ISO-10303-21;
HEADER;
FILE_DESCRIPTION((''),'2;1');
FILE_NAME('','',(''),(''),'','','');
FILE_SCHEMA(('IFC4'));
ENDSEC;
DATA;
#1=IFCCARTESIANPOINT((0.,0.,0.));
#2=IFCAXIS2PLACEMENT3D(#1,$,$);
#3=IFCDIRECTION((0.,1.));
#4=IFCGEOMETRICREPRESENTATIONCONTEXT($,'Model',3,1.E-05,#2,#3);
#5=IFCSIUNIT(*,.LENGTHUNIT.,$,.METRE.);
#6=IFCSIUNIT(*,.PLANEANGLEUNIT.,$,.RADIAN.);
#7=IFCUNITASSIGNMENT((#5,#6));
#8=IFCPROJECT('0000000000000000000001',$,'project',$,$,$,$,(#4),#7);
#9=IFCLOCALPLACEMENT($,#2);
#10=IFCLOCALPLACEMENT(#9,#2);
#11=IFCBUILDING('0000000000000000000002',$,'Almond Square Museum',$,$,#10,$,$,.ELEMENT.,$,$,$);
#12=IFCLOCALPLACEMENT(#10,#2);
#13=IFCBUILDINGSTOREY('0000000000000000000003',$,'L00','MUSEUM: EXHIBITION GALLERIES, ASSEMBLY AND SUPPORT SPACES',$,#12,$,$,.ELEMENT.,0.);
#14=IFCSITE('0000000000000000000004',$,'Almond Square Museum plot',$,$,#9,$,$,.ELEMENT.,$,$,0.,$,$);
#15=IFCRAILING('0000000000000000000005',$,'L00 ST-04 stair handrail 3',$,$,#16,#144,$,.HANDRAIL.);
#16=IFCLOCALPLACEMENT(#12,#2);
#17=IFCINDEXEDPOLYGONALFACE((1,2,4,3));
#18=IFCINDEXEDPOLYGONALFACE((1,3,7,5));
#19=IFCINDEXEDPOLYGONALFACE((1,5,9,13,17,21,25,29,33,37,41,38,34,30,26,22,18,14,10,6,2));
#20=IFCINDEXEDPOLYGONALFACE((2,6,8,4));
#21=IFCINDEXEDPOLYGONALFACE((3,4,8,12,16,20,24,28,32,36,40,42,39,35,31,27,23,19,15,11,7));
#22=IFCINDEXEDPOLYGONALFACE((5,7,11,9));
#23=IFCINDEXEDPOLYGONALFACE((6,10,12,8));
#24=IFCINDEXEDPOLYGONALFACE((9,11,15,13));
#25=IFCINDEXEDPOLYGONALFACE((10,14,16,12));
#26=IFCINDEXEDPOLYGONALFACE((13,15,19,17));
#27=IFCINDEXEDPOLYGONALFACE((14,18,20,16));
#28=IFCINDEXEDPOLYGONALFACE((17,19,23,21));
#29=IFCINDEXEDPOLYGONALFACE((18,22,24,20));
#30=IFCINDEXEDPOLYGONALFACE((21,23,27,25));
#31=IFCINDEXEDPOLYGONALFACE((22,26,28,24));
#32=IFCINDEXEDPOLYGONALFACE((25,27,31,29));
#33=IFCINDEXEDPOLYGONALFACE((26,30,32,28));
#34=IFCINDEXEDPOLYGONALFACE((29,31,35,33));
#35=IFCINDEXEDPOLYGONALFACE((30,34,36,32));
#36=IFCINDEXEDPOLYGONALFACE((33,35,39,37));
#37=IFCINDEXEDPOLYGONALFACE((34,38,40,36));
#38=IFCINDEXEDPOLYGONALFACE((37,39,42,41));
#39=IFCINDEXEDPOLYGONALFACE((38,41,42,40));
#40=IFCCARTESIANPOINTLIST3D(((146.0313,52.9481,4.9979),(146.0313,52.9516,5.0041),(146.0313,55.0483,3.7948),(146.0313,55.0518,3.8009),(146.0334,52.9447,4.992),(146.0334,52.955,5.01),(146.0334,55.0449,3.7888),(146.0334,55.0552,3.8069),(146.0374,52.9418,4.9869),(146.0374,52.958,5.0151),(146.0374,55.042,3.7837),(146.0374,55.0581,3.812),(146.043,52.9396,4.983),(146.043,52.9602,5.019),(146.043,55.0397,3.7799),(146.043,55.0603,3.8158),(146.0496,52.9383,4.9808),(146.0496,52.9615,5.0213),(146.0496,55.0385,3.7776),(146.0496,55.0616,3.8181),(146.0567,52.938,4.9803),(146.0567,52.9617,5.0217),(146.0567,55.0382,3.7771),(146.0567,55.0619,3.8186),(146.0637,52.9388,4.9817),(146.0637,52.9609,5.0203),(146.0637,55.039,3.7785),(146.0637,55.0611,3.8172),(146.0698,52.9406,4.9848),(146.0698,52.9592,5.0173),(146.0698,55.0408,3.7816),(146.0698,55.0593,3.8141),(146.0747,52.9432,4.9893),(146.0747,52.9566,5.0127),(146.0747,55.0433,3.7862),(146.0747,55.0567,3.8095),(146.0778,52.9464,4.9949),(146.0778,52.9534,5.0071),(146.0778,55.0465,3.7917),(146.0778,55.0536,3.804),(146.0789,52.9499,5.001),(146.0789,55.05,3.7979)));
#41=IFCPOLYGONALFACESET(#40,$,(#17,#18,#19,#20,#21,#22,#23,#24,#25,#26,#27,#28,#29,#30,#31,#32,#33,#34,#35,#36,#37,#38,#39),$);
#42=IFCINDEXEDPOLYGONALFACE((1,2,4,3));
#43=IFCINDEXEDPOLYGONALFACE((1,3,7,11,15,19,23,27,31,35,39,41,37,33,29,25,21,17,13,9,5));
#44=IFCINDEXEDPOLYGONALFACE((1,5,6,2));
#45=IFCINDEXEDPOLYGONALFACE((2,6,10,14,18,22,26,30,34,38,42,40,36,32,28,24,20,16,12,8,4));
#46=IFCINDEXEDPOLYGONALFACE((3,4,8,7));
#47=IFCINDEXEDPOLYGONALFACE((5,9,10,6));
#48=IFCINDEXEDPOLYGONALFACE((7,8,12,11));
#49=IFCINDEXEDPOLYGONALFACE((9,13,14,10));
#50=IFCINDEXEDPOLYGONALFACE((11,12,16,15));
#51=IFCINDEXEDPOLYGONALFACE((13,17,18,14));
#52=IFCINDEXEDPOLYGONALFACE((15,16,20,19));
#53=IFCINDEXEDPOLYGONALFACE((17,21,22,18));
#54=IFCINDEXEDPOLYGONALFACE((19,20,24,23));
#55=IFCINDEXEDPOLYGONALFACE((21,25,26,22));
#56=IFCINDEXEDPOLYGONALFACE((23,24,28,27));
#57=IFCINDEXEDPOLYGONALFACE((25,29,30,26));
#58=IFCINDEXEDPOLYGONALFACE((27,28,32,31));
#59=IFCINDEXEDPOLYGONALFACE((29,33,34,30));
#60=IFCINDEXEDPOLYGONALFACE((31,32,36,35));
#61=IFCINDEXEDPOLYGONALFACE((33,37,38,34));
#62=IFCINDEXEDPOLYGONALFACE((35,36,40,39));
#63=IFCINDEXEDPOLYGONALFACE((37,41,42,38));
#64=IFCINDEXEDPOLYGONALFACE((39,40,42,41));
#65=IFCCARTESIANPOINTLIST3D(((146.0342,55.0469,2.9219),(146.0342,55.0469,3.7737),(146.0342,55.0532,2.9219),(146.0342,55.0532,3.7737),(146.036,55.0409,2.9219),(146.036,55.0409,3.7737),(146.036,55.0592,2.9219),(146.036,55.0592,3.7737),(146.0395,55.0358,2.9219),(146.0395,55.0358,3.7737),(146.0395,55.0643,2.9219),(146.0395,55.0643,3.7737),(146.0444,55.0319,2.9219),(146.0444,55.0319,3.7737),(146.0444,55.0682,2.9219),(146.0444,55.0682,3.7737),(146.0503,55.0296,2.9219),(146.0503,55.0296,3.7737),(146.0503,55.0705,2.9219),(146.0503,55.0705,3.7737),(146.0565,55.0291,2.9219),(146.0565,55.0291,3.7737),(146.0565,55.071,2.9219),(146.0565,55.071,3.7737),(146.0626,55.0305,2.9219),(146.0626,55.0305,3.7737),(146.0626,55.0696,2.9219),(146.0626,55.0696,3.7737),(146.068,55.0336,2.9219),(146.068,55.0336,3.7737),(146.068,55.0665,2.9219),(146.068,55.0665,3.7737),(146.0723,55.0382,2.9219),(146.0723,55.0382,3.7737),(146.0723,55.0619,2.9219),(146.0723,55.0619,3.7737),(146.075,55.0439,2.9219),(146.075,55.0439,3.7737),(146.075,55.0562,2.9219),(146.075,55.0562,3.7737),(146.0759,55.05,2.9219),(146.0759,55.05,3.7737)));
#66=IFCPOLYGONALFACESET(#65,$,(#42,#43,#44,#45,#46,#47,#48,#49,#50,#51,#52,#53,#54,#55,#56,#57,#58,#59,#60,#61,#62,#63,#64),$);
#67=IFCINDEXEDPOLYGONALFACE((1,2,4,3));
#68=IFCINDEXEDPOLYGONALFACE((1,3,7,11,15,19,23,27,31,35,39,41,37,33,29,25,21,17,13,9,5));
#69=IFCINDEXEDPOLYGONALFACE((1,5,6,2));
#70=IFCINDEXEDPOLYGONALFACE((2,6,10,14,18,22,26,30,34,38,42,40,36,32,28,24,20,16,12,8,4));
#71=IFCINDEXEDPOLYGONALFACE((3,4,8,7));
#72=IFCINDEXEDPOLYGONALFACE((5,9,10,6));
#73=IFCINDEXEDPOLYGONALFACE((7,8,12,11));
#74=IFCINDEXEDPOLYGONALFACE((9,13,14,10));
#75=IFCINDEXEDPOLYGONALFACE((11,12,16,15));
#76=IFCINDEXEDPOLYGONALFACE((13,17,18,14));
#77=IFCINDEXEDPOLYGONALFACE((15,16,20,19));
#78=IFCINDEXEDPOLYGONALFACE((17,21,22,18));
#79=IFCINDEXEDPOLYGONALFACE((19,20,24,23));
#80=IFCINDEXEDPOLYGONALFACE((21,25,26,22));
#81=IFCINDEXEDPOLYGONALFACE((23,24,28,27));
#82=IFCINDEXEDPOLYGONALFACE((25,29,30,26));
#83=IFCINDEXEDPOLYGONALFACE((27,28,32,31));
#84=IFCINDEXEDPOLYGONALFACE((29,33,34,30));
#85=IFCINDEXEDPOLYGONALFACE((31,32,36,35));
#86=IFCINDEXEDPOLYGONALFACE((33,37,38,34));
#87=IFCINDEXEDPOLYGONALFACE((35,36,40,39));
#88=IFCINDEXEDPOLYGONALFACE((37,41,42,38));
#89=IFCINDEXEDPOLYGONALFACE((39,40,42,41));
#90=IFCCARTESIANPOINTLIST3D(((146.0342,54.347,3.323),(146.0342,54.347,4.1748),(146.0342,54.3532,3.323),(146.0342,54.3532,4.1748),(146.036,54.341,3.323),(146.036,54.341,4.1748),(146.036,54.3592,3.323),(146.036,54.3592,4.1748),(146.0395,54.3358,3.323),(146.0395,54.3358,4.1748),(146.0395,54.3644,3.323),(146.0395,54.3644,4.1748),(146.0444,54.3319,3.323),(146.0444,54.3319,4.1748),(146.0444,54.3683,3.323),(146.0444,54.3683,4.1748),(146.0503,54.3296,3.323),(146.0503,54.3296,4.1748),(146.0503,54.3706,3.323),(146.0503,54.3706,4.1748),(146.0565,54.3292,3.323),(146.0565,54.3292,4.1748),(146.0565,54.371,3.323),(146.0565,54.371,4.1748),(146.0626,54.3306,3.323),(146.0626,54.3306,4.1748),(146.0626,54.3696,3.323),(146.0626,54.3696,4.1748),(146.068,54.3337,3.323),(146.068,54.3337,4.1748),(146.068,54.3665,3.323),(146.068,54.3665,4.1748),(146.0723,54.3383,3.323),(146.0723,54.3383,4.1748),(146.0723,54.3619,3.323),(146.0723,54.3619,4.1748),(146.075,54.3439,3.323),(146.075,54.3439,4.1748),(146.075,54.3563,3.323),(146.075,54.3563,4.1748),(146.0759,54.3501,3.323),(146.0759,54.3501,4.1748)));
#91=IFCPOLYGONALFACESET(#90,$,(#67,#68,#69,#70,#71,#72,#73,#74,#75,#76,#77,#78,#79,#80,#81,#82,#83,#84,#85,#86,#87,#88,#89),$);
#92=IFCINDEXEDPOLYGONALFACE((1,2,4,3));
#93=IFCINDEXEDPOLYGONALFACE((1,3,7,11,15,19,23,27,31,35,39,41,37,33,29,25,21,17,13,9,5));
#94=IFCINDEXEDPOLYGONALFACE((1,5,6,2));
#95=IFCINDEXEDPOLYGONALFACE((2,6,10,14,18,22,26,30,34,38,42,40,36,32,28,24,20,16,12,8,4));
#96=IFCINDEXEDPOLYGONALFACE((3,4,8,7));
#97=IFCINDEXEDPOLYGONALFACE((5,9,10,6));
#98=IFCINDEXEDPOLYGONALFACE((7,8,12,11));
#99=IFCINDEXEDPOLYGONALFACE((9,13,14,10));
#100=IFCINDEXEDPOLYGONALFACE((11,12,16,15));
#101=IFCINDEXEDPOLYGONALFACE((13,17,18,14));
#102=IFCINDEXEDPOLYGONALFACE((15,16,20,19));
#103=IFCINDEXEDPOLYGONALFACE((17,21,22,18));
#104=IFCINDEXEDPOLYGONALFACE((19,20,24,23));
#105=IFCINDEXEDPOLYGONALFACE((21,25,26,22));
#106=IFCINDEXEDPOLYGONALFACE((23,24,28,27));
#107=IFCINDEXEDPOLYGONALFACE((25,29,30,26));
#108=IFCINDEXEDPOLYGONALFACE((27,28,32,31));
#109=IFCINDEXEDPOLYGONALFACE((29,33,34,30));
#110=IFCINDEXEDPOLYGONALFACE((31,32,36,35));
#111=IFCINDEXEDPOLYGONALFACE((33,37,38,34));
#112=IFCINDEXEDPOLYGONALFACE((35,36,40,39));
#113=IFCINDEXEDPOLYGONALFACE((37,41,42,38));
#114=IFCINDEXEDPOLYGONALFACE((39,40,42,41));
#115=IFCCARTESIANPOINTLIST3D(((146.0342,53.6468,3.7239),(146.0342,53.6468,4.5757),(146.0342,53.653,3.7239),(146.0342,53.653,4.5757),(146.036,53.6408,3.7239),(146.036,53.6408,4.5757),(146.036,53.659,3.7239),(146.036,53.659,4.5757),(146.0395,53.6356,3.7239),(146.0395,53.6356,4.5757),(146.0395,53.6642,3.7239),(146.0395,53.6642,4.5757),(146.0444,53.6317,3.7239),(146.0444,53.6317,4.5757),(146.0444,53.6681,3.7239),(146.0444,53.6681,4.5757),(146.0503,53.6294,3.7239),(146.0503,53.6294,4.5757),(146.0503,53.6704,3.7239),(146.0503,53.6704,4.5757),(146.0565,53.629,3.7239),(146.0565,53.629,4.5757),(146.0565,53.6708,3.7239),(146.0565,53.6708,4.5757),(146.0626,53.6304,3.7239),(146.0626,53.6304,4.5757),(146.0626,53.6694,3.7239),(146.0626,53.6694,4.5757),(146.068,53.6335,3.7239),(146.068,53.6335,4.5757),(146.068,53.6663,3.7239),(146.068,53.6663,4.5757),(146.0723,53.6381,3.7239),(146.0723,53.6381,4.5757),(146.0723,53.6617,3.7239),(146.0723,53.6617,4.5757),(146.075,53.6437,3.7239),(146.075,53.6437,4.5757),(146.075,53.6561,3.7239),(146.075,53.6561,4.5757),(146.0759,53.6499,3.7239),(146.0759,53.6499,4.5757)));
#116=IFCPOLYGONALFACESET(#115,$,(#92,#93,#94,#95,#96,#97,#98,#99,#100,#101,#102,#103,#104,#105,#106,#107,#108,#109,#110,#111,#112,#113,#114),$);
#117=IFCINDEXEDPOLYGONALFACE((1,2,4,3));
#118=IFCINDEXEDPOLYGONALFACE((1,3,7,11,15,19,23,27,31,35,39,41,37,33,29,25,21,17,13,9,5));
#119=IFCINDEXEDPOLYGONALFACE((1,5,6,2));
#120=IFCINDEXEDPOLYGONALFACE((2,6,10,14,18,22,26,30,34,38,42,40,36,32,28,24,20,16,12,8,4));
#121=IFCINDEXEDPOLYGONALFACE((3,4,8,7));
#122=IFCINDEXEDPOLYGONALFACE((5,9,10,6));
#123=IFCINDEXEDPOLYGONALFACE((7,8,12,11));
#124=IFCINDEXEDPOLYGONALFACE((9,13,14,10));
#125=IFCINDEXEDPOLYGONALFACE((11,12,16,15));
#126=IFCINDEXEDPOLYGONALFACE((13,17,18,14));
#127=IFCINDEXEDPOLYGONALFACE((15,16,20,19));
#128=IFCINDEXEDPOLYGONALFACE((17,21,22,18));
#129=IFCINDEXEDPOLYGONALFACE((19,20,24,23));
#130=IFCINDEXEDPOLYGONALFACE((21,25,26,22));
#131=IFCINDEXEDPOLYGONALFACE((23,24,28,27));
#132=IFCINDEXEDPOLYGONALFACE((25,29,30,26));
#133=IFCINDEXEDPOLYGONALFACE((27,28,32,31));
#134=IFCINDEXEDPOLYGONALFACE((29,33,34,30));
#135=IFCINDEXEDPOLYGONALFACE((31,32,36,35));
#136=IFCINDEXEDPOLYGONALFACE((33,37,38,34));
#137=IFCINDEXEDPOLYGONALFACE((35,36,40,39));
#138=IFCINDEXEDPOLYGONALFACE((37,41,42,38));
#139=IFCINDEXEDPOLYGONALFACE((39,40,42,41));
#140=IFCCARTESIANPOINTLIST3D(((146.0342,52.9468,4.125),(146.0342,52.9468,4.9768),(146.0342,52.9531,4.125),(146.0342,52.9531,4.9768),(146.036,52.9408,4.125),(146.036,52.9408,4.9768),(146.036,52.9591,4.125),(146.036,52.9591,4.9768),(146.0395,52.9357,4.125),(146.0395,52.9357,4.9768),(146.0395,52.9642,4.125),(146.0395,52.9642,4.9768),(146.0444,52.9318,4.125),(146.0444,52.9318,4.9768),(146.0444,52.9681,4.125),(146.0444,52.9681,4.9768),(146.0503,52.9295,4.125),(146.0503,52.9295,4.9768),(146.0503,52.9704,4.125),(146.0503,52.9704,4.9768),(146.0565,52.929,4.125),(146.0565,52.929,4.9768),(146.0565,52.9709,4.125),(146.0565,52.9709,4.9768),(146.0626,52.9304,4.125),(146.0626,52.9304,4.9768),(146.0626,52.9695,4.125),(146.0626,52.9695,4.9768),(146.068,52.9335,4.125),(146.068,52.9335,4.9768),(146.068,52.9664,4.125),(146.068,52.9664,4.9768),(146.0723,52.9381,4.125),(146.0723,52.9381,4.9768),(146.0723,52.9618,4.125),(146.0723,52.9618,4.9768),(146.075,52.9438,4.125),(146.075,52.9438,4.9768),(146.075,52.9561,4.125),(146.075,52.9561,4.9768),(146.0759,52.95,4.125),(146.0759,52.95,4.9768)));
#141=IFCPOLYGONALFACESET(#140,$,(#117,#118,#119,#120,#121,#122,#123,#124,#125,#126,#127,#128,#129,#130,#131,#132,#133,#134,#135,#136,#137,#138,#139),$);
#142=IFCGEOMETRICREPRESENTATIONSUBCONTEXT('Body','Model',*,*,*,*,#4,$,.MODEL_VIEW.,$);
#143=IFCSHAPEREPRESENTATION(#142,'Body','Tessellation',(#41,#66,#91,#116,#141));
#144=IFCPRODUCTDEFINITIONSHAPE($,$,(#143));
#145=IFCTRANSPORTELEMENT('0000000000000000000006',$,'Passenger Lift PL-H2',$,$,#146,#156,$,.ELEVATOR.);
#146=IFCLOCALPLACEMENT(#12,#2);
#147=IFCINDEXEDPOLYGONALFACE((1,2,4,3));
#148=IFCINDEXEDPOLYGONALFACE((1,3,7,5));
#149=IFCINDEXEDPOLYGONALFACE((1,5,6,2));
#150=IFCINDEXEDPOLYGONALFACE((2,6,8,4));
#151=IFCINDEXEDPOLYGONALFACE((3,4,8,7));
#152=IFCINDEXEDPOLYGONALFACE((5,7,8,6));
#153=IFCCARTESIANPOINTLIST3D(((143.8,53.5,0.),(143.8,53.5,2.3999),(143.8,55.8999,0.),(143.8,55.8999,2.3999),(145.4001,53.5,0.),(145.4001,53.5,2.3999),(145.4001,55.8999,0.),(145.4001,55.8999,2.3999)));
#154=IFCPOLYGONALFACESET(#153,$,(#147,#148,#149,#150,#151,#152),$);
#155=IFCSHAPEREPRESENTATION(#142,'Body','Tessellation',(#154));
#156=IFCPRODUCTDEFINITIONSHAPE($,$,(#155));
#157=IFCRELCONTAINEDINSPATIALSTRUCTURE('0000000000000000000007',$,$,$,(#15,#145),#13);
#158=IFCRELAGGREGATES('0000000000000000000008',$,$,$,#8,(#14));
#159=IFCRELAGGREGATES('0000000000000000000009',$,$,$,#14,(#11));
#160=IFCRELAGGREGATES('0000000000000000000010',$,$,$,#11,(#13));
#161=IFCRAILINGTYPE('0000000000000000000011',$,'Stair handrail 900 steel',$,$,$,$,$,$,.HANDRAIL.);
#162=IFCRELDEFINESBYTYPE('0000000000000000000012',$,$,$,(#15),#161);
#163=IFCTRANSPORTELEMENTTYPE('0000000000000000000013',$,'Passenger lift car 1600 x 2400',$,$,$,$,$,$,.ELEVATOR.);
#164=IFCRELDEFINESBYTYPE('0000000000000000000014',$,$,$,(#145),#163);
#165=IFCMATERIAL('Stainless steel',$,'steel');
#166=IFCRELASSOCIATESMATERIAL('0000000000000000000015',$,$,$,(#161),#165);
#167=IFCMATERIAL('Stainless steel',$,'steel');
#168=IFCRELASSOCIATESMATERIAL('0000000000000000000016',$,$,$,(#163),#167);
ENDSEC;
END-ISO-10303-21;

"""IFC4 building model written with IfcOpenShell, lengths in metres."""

from ifc_helpers import new_model, si_unit, direction, frame, origin, origin_2d, place, context, subcontext, project, spatial, rectangle, circle, extrude, material, type_object, element, save


model = new_model("IFC4")

# Units and contexts
model_context = context("Model", 3, precision=1e-05, world=origin(), true_north=direction((0.0, 1.0)))
body_context = subcontext(model_context, "Body", "Model", "MODEL_VIEW")
ifc_project = project(units=[si_unit("LENGTHUNIT", "METRE"), si_unit("PLANEANGLEUNIT", "RADIAN")], contexts=[model_context])

# Site, building, storey
site_placement = place(None, origin())
site = spatial("IfcSite", under=ifc_project, at=site_placement, Name="Almond Square Museum plot", CompositionType="ELEMENT", RefElevation=0.0)
building_placement = place(site_placement, origin())
building = spatial("IfcBuilding", under=site, at=building_placement, Name="Almond Square Museum", CompositionType="ELEMENT")
storey_placement = place(building_placement, origin())
storey = spatial("IfcBuildingStorey", under=building, at=storey_placement, Name="L00", Description="MUSEUM: EXHIBITION GALLERIES, ASSEMBLY AND SUPPORT SPACES", CompositionType="ELEMENT", Elevation=0.0)

# Railing
ifc_material_1 = material(Name="Stainless steel", Category="steel")
railing_type_1 = type_object("IfcRailingType", Name="Stair handrail 900 steel", PredefinedType="HANDRAIL", material=ifc_material_1)
for number, where, name in (
    (1, (146.0549, 55.05, 2.9219), "L00 ST-04 stair handrail 3"),
):
    element("IfcRailing", number, at=place(storey_placement, frame(where)), inside=storey, type_object=railing_type_1, Name=name, PredefinedType="HANDRAIL", context=body_context, shape_type="SweptSolid", body=[
        extrude(circle(Radius=0.0239, at=origin_2d()), frame((0.0, 0.0, 0.876), z_axis=(0.0, -0.867696, 0.497095), x_axis=(1.0, 0.0, 0.0)), (0.0, 0.0, 1.0), 2.4204),
        extrude(circle(Radius=0.021, at=origin_2d()), origin(), (0.0, 0.0, 1.0), 0.8518),
        extrude(circle(Radius=0.021, at=origin_2d()), frame((0.0, -0.7, 0.4011)), (0.0, 0.0, 1.0), 0.8518),
        extrude(circle(Radius=0.021, at=origin_2d()), frame((0.0, -1.4001, 0.802)), (0.0, 0.0, 1.0), 0.8518),
        extrude(circle(Radius=0.021, at=origin_2d()), frame((0.0, -2.1001, 1.2031)), (0.0, 0.0, 1.0), 0.8518),
    ])

# Transport element
ifc_material_2 = material(Name="Stainless steel", Category="steel")
transport_element_type = type_object("IfcTransportElementType", Name="Passenger lift car 1600 x 2400", PredefinedType="ELEVATOR", material=ifc_material_2)
transport_element_placement = place(storey_placement, frame((144.6001, 54.7, 0.0), z_axis=(0.0, 0.0, 1.0), x_axis=(1.0, 0.0, 0.0)))
element("IfcTransportElement", 2, at=transport_element_placement, inside=storey, type_object=transport_element_type, Name="Passenger Lift PL-H2", PredefinedType="ELEVATOR", context=body_context, shape_type="SweptSolid", body=[
    extrude(rectangle(XDim=1.6001, YDim=2.3999, at=origin_2d()), origin(), (0.0, 0.0, 1.0), 2.3999),
])

save(model, "model.ifc")
